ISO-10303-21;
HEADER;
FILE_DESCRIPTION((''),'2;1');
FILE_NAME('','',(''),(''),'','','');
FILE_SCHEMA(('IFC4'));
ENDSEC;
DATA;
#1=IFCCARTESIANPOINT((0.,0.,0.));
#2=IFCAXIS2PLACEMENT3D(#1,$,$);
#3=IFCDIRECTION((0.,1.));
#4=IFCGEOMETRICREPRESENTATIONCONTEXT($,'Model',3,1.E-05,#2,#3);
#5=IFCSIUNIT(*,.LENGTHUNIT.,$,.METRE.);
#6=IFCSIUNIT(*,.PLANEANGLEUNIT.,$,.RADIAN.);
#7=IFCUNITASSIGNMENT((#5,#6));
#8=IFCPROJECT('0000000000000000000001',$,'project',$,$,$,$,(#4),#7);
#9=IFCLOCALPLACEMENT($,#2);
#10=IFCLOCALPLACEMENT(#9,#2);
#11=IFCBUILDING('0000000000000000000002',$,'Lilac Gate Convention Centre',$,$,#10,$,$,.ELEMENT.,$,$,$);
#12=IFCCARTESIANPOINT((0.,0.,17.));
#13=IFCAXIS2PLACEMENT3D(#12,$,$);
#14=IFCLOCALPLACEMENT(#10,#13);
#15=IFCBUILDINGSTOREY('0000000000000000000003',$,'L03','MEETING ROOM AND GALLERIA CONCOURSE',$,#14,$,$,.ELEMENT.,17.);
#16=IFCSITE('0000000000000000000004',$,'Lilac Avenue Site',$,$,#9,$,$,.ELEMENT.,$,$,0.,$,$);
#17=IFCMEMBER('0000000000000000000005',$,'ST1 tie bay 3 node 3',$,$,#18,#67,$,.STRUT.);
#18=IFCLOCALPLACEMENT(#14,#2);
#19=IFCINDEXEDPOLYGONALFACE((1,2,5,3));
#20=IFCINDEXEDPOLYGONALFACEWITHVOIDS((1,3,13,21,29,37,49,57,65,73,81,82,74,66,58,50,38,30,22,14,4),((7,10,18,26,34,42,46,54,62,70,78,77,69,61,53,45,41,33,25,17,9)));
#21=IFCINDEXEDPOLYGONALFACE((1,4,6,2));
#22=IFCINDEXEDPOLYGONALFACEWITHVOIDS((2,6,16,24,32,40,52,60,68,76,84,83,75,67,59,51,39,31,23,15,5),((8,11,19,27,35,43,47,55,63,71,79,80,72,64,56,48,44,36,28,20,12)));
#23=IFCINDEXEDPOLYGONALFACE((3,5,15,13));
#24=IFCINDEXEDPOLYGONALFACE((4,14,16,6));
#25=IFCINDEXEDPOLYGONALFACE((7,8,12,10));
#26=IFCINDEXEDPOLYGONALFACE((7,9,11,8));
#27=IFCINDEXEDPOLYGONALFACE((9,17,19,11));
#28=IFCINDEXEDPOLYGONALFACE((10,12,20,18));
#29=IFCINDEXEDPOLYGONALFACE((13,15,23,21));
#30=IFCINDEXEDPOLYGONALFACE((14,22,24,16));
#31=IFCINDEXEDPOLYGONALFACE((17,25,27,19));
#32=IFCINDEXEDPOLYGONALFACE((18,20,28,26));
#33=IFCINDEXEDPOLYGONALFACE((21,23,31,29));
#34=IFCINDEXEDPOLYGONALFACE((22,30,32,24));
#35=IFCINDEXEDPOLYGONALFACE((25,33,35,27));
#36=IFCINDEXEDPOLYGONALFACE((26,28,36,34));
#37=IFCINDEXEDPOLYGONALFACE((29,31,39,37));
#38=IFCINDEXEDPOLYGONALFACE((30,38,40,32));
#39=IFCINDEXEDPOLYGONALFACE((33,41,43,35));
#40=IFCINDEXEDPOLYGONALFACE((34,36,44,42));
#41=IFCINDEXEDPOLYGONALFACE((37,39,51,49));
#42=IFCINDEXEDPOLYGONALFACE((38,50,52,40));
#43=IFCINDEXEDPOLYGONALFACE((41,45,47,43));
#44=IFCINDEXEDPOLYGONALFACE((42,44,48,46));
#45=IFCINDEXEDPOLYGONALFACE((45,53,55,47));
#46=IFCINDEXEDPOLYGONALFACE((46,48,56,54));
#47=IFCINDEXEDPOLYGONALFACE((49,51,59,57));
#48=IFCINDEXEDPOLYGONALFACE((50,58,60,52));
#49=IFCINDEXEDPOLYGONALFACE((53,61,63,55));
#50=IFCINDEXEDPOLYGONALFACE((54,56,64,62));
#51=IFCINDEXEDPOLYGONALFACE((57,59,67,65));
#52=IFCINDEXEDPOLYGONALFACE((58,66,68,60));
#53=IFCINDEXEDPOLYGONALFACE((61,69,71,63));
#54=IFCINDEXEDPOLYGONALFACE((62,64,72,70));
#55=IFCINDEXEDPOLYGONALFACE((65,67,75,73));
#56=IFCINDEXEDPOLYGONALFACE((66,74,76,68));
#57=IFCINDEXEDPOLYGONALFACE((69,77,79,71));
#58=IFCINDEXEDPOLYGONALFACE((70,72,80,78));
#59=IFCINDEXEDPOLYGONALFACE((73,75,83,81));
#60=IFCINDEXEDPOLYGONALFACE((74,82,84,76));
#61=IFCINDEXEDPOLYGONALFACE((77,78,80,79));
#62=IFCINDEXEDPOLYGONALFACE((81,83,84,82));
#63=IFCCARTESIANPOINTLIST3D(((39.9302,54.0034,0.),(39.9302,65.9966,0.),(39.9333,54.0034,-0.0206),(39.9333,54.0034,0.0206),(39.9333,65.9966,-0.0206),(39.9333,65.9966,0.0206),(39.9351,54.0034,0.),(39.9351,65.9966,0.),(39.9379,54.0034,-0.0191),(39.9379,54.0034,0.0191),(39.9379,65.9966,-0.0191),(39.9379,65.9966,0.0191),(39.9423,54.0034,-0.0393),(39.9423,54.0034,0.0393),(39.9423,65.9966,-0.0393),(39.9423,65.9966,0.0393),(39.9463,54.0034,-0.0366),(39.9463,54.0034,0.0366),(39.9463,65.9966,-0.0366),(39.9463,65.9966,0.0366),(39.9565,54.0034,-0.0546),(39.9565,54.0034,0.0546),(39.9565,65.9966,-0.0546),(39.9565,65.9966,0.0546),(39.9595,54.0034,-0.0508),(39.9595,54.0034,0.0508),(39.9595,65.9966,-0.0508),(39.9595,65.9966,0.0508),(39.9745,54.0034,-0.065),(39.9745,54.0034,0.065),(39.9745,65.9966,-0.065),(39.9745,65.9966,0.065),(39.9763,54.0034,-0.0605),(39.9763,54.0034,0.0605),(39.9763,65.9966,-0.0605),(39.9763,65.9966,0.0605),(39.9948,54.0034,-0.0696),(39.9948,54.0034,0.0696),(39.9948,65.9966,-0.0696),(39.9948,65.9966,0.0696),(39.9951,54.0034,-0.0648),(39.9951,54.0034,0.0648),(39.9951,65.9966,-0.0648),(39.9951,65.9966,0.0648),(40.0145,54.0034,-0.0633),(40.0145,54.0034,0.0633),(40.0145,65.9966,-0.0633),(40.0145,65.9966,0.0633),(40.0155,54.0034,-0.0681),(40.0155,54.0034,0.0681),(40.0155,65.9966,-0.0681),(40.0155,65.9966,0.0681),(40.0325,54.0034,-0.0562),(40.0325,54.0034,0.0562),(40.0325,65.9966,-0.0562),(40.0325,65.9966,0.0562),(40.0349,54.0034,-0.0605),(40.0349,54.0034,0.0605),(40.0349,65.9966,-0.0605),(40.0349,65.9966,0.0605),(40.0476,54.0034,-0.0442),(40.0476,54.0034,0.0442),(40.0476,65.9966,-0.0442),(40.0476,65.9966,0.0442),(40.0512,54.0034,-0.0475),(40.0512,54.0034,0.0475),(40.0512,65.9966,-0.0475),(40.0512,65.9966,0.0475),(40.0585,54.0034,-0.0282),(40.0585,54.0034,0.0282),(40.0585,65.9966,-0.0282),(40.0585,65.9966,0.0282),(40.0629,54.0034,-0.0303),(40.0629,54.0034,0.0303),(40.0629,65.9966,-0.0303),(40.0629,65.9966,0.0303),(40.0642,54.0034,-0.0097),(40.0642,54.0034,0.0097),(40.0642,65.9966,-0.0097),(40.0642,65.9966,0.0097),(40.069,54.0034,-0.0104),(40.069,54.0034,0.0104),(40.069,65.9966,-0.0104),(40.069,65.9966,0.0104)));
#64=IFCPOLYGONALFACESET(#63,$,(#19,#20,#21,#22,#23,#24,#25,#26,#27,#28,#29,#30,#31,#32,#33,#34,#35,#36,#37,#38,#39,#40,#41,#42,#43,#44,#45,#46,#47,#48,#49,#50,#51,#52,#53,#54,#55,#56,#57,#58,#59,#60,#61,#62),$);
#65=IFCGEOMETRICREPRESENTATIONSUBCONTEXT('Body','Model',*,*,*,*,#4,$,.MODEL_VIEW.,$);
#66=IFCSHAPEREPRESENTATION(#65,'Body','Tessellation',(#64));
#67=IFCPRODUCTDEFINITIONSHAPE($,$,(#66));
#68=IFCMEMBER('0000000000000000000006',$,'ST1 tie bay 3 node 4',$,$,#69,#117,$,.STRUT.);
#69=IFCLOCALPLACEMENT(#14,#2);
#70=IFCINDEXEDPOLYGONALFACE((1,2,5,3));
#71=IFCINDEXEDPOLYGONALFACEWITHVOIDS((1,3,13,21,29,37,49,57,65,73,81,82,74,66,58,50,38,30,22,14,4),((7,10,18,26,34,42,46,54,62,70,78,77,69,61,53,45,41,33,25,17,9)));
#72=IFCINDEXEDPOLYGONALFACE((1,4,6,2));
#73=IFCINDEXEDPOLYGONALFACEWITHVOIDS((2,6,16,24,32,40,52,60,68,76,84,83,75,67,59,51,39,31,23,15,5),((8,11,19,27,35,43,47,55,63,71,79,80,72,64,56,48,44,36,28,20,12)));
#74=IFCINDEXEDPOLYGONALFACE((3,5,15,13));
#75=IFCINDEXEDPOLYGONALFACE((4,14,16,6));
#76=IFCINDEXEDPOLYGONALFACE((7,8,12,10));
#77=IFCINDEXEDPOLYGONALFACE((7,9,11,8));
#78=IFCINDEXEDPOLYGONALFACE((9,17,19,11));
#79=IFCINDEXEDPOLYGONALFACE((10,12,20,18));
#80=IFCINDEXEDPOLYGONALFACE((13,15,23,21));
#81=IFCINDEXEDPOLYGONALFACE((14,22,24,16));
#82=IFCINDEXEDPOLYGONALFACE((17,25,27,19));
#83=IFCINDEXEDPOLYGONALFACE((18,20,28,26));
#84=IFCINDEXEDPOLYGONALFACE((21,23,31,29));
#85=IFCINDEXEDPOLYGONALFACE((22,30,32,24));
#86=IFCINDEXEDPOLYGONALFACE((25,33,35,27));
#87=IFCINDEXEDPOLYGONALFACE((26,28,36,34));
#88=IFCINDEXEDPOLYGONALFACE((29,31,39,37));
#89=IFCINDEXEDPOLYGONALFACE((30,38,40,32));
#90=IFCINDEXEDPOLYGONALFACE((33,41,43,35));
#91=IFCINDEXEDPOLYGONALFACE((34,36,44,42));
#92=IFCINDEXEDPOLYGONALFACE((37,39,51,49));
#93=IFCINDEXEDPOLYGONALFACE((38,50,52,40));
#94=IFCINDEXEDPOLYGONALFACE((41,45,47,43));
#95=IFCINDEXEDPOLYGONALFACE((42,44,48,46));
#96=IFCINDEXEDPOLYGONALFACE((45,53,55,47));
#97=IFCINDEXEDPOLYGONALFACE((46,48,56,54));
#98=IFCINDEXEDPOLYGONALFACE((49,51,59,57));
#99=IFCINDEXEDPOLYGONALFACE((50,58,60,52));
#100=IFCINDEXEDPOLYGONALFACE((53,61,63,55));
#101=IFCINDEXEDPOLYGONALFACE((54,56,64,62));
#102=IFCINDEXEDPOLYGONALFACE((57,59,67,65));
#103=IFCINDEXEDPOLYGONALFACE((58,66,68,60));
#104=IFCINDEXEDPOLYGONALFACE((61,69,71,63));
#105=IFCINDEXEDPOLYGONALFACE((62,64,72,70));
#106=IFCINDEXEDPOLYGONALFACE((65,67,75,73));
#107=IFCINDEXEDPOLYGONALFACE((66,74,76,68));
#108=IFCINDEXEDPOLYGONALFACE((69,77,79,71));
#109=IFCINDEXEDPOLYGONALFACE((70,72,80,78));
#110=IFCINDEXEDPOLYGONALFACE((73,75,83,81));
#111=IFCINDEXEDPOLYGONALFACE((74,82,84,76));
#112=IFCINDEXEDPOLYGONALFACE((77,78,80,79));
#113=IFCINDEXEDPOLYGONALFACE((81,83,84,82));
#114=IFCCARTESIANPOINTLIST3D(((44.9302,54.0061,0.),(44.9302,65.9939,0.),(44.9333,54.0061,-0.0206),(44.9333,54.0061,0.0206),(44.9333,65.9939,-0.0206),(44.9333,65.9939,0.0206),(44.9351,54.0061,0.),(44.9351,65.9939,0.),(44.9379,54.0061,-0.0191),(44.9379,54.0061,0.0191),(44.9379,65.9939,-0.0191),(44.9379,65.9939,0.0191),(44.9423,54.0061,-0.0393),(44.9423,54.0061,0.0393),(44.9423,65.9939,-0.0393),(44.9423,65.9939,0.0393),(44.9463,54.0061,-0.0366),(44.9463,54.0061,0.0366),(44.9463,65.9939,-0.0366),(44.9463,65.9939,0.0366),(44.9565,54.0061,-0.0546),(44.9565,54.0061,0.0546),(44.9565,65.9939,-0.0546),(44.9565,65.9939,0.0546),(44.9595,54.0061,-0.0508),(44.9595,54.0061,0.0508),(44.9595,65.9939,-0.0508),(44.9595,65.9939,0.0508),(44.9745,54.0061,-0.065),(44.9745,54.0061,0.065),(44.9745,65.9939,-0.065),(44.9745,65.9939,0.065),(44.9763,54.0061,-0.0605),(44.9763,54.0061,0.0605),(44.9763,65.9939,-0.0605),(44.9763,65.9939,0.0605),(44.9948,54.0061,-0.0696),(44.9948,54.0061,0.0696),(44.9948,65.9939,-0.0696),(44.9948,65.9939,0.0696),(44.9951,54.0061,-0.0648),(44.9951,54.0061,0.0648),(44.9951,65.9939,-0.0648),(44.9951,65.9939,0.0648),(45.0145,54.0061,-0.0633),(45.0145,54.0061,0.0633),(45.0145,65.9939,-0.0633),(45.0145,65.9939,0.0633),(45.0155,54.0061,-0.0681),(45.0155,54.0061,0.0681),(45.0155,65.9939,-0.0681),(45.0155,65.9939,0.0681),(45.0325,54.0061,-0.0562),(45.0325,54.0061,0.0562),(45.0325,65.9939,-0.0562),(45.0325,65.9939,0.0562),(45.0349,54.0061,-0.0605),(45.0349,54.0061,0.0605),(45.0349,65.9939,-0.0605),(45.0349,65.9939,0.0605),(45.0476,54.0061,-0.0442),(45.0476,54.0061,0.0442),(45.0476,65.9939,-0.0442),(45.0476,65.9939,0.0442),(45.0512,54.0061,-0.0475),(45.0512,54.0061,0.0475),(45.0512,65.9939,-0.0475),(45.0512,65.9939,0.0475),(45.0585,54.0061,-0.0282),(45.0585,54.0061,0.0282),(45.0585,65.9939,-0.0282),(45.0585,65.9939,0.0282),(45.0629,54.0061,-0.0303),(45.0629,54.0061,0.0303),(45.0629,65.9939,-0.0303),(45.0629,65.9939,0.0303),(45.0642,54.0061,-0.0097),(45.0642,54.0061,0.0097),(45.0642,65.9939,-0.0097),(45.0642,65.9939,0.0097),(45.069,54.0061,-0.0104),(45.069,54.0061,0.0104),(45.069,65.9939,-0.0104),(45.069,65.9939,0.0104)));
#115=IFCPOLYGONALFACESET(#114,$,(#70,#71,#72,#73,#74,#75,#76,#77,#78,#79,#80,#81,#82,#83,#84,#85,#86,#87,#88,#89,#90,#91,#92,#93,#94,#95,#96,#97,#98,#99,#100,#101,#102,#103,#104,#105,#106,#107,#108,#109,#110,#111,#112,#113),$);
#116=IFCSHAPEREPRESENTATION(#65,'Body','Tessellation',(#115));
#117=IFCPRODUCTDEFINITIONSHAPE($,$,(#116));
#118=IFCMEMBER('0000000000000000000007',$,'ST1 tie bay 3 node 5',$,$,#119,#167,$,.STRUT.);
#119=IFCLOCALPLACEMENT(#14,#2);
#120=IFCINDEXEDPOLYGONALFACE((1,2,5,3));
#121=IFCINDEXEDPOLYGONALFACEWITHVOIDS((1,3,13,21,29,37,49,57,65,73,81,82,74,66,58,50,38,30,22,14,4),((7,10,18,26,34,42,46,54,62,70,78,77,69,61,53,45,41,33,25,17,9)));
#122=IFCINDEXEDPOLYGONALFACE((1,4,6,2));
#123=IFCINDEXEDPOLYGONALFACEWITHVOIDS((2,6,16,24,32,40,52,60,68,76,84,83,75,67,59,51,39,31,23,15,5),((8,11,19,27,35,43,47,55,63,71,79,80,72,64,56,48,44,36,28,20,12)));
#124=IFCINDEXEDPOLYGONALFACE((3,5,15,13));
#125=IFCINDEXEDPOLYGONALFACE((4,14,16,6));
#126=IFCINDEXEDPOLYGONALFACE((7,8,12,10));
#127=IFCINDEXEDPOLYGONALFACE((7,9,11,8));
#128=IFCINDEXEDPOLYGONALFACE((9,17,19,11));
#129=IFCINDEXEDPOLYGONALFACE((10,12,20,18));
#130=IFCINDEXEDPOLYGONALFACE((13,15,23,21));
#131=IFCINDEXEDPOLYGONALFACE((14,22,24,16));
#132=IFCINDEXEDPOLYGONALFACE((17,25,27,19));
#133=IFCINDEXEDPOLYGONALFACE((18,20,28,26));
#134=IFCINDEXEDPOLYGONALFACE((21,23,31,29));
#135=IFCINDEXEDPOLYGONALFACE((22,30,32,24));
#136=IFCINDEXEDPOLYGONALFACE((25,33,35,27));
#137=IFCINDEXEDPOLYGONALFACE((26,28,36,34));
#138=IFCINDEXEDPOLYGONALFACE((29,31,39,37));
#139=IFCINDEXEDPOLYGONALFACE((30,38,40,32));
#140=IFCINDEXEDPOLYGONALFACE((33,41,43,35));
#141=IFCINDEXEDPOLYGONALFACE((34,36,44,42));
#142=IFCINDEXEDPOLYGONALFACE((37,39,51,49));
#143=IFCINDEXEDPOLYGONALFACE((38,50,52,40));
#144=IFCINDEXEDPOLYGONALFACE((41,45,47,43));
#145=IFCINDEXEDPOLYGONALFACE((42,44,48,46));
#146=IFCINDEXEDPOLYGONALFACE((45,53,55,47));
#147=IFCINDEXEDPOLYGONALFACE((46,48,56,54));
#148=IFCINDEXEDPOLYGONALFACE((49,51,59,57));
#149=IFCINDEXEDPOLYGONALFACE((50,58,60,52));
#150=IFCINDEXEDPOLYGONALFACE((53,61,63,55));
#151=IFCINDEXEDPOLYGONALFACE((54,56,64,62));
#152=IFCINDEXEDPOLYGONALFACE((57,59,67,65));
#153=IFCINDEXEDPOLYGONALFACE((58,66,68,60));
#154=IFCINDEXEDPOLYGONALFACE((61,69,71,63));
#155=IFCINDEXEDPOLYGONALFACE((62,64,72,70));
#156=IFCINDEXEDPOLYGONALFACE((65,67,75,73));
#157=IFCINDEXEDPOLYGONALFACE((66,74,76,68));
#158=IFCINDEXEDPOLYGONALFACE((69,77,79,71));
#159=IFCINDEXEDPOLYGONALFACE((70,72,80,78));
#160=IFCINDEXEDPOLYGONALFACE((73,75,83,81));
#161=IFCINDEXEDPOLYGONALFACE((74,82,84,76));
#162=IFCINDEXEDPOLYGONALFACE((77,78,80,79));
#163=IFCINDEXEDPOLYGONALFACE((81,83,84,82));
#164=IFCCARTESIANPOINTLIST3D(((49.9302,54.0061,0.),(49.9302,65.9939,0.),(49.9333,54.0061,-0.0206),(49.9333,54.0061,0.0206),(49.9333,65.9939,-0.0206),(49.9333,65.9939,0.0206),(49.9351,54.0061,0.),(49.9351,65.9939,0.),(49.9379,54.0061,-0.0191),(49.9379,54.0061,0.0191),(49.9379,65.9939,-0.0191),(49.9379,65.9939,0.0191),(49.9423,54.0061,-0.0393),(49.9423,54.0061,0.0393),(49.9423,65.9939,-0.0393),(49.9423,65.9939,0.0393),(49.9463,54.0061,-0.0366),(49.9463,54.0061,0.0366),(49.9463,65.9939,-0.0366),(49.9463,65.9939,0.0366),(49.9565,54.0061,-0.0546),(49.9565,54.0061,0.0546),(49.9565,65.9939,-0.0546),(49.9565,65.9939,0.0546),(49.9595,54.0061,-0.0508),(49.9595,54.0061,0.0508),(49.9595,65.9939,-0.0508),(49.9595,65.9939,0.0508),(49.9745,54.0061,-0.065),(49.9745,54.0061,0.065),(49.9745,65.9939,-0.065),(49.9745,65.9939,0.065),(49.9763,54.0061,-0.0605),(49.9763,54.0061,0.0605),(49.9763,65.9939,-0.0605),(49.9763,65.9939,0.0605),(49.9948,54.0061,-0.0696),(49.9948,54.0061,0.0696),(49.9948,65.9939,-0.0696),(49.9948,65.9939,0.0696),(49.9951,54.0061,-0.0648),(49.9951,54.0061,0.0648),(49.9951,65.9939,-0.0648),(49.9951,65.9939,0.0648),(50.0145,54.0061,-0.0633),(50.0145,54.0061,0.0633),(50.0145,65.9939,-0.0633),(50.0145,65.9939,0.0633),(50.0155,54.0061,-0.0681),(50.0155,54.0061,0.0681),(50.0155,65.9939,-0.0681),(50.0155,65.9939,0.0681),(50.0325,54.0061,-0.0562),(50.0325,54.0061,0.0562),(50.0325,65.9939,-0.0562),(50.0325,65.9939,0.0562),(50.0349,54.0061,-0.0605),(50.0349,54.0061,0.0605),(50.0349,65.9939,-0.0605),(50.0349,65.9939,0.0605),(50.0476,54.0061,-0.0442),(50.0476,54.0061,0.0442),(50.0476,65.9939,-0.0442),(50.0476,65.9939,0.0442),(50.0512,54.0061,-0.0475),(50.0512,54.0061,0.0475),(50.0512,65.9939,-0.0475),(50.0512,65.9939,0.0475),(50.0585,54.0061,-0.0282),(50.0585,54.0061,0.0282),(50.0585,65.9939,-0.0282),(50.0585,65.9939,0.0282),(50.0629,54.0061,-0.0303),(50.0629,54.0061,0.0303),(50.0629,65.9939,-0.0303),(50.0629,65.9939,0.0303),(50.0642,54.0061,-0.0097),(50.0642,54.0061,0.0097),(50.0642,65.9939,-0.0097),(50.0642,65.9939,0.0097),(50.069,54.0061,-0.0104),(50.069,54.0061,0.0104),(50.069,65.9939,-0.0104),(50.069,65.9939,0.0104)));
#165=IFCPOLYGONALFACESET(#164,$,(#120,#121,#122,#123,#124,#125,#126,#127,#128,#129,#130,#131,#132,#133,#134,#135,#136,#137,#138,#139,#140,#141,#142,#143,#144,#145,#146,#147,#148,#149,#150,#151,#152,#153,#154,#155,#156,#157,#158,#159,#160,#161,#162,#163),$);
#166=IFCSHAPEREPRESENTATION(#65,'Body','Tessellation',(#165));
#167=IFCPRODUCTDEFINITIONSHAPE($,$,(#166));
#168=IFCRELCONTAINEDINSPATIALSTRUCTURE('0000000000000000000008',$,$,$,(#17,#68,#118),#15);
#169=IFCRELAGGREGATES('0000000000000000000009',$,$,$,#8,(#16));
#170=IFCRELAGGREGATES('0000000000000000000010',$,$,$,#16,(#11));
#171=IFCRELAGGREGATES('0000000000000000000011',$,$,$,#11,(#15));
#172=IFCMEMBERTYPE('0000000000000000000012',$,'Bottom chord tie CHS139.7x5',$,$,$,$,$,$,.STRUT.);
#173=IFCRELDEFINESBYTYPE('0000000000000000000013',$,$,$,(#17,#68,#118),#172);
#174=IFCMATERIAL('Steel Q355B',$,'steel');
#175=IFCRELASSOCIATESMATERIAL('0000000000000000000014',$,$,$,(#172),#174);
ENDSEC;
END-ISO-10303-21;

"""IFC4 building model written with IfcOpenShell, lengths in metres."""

from ifc_helpers import new_model, si_unit, direction, frame, origin, origin_2d, place, context, subcontext, project, spatial, hollow_circle, extrude, material, material_profile, profile_set, type_object, element, save


model = new_model("IFC4")

# Units and contexts
model_context = context("Model", 3, precision=1e-05, world=origin(), true_north=direction((0.0, 1.0)))
body_context = subcontext(model_context, "Body", "Model", "MODEL_VIEW")
ifc_project = project(units=[si_unit("LENGTHUNIT", "METRE"), si_unit("PLANEANGLEUNIT", "RADIAN")], contexts=[model_context])

# Site, building, storey
site_placement = place(None, origin())
site = spatial("IfcSite", under=ifc_project, at=site_placement, Name="Lilac Avenue Site", CompositionType="ELEMENT", RefElevation=0.0)
building_placement = place(site_placement, origin())
building = spatial("IfcBuilding", under=site, at=building_placement, Name="Lilac Gate Convention Centre", CompositionType="ELEMENT")
storey_placement = place(building_placement, frame((0.0, 0.0, 17.0)))
storey = spatial("IfcBuildingStorey", under=building, at=storey_placement, Name="L03", Description="MEETING ROOM AND GALLERIA CONCOURSE", CompositionType="ELEMENT", Elevation=17.0)

# Members
ifc_material = material(Name="Steel Q355B", Category="steel")
ifc_material_profile_1 = material_profile(ifc_material, hollow_circle(Radius=0.0698, WallThickness=0.0049, at=origin_2d()), Name="CHS139.7x5")
ifc_profile_set_1 = profile_set([ifc_material_profile_1], Name="Steel Q355B")
member_type_1 = type_object("IfcMemberType", Name="Bottom chord tie CHS139.7x5", PredefinedType="STRUT", material=ifc_profile_set_1)
member_1_placement = place(storey_placement, frame((40.0, 54.0034, 0.0), z_axis=(0.0, 1.0, 0.0), x_axis=(-1.0, 0.0, 0.0)))
element("IfcMember", 1, at=member_1_placement, inside=storey, type_object=member_type_1, Name="ST1 tie bay 3 node 3", PredefinedType="STRUT", context=body_context, shape_type="SweptSolid", body=[
    extrude(hollow_circle(Radius=0.0698, WallThickness=0.0049, at=origin_2d()), origin(), (0.0, 0.0, 1.0), 11.9932),
])
for number, where, z_axis, x_axis, name in (
    (2, (45.0, 54.0061, 0.0), (0.0, 1.0, 0.0), (-1.0, 0.0, 0.0), "ST1 tie bay 3 node 4"),
    (3, (50.0, 54.0061, 0.0), (0.0, 1.0, 0.0), (-1.0, 0.0, 0.0), "ST1 tie bay 3 node 5"),
):
    element("IfcMember", number, at=place(storey_placement, frame(where, z_axis=z_axis, x_axis=x_axis)), inside=storey, type_object=member_type_1, Name=name, PredefinedType="STRUT", context=body_context, shape_type="SweptSolid", body=[
        extrude(hollow_circle(Radius=0.0698, WallThickness=0.0049, at=origin_2d()), origin(), (0.0, 0.0, 1.0), 11.9878),
    ])

save(model, "model.ifc")
